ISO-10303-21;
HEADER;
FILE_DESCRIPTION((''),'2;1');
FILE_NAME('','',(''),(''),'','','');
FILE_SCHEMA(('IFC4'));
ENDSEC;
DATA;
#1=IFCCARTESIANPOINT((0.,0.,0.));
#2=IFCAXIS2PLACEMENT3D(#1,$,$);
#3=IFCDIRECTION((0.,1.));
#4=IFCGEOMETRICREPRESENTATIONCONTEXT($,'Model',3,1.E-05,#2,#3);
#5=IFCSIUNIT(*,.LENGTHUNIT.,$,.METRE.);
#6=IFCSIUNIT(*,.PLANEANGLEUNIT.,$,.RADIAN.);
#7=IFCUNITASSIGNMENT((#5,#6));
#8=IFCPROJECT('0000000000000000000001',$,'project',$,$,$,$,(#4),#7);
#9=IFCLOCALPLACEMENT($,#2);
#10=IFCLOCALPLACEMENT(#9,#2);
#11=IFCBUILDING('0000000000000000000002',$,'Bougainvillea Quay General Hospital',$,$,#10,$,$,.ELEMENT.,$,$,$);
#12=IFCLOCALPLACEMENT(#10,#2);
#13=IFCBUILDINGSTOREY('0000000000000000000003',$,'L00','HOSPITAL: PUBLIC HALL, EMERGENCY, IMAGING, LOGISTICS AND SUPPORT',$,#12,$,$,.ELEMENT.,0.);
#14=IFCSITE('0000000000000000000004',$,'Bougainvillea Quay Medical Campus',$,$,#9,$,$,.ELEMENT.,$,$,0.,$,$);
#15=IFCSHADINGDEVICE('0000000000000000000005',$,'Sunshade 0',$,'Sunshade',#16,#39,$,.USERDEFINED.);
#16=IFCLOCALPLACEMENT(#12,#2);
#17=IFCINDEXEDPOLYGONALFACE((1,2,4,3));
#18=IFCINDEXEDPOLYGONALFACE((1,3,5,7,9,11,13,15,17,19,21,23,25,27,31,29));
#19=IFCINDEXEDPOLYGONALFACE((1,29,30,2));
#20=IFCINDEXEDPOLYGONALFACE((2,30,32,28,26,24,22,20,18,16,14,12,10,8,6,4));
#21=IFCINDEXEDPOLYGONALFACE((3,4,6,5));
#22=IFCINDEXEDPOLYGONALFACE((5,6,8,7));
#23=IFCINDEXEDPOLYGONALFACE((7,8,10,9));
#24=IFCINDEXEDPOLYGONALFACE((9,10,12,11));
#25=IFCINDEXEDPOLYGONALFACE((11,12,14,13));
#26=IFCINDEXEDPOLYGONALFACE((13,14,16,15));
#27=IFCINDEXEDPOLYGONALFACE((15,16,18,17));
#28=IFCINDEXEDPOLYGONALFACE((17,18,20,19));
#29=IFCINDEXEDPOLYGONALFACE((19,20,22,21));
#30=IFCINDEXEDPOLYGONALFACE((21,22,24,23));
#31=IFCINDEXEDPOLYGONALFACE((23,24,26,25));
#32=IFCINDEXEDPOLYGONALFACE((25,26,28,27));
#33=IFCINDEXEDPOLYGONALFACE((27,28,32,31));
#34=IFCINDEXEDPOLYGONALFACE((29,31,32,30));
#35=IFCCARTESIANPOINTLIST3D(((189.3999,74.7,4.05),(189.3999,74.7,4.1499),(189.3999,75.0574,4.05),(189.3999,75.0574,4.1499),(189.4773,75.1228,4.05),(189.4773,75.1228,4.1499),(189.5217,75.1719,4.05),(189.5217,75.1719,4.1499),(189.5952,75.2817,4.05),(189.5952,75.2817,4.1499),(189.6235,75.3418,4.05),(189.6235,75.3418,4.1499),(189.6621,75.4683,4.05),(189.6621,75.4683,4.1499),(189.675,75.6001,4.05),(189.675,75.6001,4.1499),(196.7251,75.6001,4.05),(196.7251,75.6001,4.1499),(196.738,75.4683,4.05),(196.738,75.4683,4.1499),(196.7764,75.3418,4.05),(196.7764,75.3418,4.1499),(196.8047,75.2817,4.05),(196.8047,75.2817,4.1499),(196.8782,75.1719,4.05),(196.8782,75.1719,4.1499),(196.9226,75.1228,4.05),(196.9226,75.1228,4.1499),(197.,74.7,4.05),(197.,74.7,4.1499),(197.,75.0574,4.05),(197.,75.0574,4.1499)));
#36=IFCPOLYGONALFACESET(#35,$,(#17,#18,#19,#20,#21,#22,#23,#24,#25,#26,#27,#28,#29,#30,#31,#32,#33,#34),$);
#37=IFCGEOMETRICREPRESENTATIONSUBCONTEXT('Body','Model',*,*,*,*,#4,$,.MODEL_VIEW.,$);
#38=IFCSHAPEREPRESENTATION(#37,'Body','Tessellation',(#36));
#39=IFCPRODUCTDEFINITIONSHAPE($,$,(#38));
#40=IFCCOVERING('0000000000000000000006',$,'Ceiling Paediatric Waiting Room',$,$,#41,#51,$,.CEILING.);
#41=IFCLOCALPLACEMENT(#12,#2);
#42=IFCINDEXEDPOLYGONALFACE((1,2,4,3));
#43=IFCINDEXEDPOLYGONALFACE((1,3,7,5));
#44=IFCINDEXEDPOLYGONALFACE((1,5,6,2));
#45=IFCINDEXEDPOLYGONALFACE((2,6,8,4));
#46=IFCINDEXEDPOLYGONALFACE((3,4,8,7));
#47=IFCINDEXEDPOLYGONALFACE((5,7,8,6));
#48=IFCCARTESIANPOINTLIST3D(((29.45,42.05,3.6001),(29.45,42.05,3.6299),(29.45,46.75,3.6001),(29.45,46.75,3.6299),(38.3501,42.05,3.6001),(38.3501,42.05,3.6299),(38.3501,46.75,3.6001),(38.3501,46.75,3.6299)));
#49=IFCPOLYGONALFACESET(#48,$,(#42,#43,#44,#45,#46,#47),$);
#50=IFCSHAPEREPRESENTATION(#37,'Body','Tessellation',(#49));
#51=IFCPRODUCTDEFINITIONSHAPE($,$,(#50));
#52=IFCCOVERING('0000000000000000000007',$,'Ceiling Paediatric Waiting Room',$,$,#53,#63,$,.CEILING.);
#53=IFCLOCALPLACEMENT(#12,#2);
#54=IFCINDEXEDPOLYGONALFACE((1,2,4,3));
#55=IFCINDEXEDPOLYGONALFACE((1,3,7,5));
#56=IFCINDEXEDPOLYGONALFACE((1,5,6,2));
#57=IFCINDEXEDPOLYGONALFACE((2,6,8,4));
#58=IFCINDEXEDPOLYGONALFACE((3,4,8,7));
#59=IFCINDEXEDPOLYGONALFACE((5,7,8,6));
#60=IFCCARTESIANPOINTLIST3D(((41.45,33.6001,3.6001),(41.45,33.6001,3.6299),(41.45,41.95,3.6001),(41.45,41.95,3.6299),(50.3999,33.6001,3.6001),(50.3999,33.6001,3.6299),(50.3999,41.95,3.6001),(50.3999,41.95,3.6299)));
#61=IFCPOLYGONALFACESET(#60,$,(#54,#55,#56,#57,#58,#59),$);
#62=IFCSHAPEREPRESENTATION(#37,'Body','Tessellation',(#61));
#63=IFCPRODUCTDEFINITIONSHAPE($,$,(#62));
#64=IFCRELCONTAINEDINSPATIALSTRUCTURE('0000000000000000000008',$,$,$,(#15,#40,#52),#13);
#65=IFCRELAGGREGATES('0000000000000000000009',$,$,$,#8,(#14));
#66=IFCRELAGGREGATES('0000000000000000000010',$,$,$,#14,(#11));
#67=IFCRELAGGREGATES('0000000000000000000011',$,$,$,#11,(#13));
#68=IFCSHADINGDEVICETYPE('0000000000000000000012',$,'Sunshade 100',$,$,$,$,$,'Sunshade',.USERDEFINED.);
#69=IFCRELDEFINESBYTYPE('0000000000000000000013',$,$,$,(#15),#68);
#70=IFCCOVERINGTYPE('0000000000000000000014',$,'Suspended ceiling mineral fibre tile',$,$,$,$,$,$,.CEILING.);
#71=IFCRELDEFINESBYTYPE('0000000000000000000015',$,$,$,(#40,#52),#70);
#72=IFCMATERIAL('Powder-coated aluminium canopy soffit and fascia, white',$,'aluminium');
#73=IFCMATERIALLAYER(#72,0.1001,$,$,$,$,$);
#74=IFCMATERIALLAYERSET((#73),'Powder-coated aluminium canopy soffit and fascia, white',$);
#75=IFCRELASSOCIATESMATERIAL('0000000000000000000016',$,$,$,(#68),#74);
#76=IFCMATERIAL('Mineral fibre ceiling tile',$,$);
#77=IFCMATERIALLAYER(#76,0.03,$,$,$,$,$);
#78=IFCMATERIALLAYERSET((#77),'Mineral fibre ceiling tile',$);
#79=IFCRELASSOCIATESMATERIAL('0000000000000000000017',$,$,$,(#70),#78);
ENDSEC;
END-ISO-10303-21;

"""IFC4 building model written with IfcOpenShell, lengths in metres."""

from ifc_helpers import new_model, si_unit, direction, frame, origin, place, context, subcontext, project, spatial, polyline, outline, extrude, material, layer, layer_set, type_object, element, save


model = new_model("IFC4")

# Units and contexts
model_context = context("Model", 3, precision=1e-05, world=origin(), true_north=direction((0.0, 1.0)))
body_context = subcontext(model_context, "Body", "Model", "MODEL_VIEW")
ifc_project = project(units=[si_unit("LENGTHUNIT", "METRE"), si_unit("PLANEANGLEUNIT", "RADIAN")], contexts=[model_context])

# Site, building, storey
site_placement = place(None, origin())
site = spatial("IfcSite", under=ifc_project, at=site_placement, Name="Bougainvillea Quay Medical Campus", CompositionType="ELEMENT", RefElevation=0.0)
building_placement = place(site_placement, origin())
building = spatial("IfcBuilding", under=site, at=building_placement, Name="Bougainvillea Quay General Hospital", CompositionType="ELEMENT")
storey_placement = place(building_placement, origin())
storey = spatial("IfcBuildingStorey", under=building, at=storey_placement, Name="L00", Description="HOSPITAL: PUBLIC HALL, EMERGENCY, IMAGING, LOGISTICS AND SUPPORT", CompositionType="ELEMENT", Elevation=0.0)

# Shading device
ifc_material_1 = material(Name="Powder-coated aluminium canopy soffit and fascia, white", Category="aluminium")
ifc_layer_1 = layer(ifc_material_1, 0.1001)
ifc_layer_set_1 = layer_set([ifc_layer_1], Name="Powder-coated aluminium canopy soffit and fascia, white")
shading_device_type = type_object("IfcShadingDeviceType", Name="Sunshade 100", ElementType="Sunshade", PredefinedType="USERDEFINED", material=ifc_layer_set_1)
shading_device_1_placement = place(storey_placement, frame((0.0, 0.0, 4.05)))
element("IfcShadingDevice", 1, at=shading_device_1_placement, inside=storey, type_object=shading_device_type, Name="Sunshade 0", ObjectType="Sunshade", PredefinedType="USERDEFINED", context=body_context, shape_type="SweptSolid", body=[
    extrude(outline(polyline([(196.7251, 75.6001), (189.675, 75.6001), (189.6621, 75.4683), (189.6235, 75.3418), (189.5952, 75.2817), (189.5217, 75.1719), (189.4773, 75.1228), (189.3999, 75.0574), (189.3999, 74.7), (197.0, 74.7), (197.0, 75.0574), (196.9226, 75.1228), (196.8782, 75.1719), (196.8047, 75.2817), (196.7764, 75.3418), (196.738, 75.4683), (196.7251, 75.6001)])), origin(), (0.0, 0.0, 1.0), 0.0999),
])

# Coverings
ifc_material_2 = material(Name="Mineral fibre ceiling tile")
ifc_layer_2 = layer(ifc_material_2, 0.03)
ifc_layer_set_2 = layer_set([ifc_layer_2], Name="Mineral fibre ceiling tile")
covering_type = type_object("IfcCoveringType", Name="Suspended ceiling mineral fibre tile", PredefinedType="CEILING", material=ifc_layer_set_2)
covering_1_placement = place(storey_placement, frame((0.0, 0.0, 3.6001)))
element("IfcCovering", 2, at=covering_1_placement, inside=storey, type_object=covering_type, Name="Ceiling Paediatric Waiting Room", PredefinedType="CEILING", context=body_context, shape_type="SweptSolid", body=[
    extrude(outline(polyline([(38.3501, 42.05), (38.3501, 46.75), (29.45, 46.75), (29.45, 42.05), (38.3501, 42.05)])), origin(), (0.0, 0.0, 1.0), 0.0298),
])
covering_2_placement = place(storey_placement, frame((0.0, 0.0, 3.6001)))
element("IfcCovering", 3, at=covering_2_placement, inside=storey, type_object=covering_type, Name="Ceiling Paediatric Waiting Room", PredefinedType="CEILING", context=body_context, shape_type="SweptSolid", body=[
    extrude(outline(polyline([(50.3999, 41.95), (41.45, 41.95), (41.45, 33.6001), (50.3999, 33.6001), (50.3999, 41.95)])), origin(), (0.0, 0.0, 1.0), 0.0298),
])

save(model, "model.ifc")
